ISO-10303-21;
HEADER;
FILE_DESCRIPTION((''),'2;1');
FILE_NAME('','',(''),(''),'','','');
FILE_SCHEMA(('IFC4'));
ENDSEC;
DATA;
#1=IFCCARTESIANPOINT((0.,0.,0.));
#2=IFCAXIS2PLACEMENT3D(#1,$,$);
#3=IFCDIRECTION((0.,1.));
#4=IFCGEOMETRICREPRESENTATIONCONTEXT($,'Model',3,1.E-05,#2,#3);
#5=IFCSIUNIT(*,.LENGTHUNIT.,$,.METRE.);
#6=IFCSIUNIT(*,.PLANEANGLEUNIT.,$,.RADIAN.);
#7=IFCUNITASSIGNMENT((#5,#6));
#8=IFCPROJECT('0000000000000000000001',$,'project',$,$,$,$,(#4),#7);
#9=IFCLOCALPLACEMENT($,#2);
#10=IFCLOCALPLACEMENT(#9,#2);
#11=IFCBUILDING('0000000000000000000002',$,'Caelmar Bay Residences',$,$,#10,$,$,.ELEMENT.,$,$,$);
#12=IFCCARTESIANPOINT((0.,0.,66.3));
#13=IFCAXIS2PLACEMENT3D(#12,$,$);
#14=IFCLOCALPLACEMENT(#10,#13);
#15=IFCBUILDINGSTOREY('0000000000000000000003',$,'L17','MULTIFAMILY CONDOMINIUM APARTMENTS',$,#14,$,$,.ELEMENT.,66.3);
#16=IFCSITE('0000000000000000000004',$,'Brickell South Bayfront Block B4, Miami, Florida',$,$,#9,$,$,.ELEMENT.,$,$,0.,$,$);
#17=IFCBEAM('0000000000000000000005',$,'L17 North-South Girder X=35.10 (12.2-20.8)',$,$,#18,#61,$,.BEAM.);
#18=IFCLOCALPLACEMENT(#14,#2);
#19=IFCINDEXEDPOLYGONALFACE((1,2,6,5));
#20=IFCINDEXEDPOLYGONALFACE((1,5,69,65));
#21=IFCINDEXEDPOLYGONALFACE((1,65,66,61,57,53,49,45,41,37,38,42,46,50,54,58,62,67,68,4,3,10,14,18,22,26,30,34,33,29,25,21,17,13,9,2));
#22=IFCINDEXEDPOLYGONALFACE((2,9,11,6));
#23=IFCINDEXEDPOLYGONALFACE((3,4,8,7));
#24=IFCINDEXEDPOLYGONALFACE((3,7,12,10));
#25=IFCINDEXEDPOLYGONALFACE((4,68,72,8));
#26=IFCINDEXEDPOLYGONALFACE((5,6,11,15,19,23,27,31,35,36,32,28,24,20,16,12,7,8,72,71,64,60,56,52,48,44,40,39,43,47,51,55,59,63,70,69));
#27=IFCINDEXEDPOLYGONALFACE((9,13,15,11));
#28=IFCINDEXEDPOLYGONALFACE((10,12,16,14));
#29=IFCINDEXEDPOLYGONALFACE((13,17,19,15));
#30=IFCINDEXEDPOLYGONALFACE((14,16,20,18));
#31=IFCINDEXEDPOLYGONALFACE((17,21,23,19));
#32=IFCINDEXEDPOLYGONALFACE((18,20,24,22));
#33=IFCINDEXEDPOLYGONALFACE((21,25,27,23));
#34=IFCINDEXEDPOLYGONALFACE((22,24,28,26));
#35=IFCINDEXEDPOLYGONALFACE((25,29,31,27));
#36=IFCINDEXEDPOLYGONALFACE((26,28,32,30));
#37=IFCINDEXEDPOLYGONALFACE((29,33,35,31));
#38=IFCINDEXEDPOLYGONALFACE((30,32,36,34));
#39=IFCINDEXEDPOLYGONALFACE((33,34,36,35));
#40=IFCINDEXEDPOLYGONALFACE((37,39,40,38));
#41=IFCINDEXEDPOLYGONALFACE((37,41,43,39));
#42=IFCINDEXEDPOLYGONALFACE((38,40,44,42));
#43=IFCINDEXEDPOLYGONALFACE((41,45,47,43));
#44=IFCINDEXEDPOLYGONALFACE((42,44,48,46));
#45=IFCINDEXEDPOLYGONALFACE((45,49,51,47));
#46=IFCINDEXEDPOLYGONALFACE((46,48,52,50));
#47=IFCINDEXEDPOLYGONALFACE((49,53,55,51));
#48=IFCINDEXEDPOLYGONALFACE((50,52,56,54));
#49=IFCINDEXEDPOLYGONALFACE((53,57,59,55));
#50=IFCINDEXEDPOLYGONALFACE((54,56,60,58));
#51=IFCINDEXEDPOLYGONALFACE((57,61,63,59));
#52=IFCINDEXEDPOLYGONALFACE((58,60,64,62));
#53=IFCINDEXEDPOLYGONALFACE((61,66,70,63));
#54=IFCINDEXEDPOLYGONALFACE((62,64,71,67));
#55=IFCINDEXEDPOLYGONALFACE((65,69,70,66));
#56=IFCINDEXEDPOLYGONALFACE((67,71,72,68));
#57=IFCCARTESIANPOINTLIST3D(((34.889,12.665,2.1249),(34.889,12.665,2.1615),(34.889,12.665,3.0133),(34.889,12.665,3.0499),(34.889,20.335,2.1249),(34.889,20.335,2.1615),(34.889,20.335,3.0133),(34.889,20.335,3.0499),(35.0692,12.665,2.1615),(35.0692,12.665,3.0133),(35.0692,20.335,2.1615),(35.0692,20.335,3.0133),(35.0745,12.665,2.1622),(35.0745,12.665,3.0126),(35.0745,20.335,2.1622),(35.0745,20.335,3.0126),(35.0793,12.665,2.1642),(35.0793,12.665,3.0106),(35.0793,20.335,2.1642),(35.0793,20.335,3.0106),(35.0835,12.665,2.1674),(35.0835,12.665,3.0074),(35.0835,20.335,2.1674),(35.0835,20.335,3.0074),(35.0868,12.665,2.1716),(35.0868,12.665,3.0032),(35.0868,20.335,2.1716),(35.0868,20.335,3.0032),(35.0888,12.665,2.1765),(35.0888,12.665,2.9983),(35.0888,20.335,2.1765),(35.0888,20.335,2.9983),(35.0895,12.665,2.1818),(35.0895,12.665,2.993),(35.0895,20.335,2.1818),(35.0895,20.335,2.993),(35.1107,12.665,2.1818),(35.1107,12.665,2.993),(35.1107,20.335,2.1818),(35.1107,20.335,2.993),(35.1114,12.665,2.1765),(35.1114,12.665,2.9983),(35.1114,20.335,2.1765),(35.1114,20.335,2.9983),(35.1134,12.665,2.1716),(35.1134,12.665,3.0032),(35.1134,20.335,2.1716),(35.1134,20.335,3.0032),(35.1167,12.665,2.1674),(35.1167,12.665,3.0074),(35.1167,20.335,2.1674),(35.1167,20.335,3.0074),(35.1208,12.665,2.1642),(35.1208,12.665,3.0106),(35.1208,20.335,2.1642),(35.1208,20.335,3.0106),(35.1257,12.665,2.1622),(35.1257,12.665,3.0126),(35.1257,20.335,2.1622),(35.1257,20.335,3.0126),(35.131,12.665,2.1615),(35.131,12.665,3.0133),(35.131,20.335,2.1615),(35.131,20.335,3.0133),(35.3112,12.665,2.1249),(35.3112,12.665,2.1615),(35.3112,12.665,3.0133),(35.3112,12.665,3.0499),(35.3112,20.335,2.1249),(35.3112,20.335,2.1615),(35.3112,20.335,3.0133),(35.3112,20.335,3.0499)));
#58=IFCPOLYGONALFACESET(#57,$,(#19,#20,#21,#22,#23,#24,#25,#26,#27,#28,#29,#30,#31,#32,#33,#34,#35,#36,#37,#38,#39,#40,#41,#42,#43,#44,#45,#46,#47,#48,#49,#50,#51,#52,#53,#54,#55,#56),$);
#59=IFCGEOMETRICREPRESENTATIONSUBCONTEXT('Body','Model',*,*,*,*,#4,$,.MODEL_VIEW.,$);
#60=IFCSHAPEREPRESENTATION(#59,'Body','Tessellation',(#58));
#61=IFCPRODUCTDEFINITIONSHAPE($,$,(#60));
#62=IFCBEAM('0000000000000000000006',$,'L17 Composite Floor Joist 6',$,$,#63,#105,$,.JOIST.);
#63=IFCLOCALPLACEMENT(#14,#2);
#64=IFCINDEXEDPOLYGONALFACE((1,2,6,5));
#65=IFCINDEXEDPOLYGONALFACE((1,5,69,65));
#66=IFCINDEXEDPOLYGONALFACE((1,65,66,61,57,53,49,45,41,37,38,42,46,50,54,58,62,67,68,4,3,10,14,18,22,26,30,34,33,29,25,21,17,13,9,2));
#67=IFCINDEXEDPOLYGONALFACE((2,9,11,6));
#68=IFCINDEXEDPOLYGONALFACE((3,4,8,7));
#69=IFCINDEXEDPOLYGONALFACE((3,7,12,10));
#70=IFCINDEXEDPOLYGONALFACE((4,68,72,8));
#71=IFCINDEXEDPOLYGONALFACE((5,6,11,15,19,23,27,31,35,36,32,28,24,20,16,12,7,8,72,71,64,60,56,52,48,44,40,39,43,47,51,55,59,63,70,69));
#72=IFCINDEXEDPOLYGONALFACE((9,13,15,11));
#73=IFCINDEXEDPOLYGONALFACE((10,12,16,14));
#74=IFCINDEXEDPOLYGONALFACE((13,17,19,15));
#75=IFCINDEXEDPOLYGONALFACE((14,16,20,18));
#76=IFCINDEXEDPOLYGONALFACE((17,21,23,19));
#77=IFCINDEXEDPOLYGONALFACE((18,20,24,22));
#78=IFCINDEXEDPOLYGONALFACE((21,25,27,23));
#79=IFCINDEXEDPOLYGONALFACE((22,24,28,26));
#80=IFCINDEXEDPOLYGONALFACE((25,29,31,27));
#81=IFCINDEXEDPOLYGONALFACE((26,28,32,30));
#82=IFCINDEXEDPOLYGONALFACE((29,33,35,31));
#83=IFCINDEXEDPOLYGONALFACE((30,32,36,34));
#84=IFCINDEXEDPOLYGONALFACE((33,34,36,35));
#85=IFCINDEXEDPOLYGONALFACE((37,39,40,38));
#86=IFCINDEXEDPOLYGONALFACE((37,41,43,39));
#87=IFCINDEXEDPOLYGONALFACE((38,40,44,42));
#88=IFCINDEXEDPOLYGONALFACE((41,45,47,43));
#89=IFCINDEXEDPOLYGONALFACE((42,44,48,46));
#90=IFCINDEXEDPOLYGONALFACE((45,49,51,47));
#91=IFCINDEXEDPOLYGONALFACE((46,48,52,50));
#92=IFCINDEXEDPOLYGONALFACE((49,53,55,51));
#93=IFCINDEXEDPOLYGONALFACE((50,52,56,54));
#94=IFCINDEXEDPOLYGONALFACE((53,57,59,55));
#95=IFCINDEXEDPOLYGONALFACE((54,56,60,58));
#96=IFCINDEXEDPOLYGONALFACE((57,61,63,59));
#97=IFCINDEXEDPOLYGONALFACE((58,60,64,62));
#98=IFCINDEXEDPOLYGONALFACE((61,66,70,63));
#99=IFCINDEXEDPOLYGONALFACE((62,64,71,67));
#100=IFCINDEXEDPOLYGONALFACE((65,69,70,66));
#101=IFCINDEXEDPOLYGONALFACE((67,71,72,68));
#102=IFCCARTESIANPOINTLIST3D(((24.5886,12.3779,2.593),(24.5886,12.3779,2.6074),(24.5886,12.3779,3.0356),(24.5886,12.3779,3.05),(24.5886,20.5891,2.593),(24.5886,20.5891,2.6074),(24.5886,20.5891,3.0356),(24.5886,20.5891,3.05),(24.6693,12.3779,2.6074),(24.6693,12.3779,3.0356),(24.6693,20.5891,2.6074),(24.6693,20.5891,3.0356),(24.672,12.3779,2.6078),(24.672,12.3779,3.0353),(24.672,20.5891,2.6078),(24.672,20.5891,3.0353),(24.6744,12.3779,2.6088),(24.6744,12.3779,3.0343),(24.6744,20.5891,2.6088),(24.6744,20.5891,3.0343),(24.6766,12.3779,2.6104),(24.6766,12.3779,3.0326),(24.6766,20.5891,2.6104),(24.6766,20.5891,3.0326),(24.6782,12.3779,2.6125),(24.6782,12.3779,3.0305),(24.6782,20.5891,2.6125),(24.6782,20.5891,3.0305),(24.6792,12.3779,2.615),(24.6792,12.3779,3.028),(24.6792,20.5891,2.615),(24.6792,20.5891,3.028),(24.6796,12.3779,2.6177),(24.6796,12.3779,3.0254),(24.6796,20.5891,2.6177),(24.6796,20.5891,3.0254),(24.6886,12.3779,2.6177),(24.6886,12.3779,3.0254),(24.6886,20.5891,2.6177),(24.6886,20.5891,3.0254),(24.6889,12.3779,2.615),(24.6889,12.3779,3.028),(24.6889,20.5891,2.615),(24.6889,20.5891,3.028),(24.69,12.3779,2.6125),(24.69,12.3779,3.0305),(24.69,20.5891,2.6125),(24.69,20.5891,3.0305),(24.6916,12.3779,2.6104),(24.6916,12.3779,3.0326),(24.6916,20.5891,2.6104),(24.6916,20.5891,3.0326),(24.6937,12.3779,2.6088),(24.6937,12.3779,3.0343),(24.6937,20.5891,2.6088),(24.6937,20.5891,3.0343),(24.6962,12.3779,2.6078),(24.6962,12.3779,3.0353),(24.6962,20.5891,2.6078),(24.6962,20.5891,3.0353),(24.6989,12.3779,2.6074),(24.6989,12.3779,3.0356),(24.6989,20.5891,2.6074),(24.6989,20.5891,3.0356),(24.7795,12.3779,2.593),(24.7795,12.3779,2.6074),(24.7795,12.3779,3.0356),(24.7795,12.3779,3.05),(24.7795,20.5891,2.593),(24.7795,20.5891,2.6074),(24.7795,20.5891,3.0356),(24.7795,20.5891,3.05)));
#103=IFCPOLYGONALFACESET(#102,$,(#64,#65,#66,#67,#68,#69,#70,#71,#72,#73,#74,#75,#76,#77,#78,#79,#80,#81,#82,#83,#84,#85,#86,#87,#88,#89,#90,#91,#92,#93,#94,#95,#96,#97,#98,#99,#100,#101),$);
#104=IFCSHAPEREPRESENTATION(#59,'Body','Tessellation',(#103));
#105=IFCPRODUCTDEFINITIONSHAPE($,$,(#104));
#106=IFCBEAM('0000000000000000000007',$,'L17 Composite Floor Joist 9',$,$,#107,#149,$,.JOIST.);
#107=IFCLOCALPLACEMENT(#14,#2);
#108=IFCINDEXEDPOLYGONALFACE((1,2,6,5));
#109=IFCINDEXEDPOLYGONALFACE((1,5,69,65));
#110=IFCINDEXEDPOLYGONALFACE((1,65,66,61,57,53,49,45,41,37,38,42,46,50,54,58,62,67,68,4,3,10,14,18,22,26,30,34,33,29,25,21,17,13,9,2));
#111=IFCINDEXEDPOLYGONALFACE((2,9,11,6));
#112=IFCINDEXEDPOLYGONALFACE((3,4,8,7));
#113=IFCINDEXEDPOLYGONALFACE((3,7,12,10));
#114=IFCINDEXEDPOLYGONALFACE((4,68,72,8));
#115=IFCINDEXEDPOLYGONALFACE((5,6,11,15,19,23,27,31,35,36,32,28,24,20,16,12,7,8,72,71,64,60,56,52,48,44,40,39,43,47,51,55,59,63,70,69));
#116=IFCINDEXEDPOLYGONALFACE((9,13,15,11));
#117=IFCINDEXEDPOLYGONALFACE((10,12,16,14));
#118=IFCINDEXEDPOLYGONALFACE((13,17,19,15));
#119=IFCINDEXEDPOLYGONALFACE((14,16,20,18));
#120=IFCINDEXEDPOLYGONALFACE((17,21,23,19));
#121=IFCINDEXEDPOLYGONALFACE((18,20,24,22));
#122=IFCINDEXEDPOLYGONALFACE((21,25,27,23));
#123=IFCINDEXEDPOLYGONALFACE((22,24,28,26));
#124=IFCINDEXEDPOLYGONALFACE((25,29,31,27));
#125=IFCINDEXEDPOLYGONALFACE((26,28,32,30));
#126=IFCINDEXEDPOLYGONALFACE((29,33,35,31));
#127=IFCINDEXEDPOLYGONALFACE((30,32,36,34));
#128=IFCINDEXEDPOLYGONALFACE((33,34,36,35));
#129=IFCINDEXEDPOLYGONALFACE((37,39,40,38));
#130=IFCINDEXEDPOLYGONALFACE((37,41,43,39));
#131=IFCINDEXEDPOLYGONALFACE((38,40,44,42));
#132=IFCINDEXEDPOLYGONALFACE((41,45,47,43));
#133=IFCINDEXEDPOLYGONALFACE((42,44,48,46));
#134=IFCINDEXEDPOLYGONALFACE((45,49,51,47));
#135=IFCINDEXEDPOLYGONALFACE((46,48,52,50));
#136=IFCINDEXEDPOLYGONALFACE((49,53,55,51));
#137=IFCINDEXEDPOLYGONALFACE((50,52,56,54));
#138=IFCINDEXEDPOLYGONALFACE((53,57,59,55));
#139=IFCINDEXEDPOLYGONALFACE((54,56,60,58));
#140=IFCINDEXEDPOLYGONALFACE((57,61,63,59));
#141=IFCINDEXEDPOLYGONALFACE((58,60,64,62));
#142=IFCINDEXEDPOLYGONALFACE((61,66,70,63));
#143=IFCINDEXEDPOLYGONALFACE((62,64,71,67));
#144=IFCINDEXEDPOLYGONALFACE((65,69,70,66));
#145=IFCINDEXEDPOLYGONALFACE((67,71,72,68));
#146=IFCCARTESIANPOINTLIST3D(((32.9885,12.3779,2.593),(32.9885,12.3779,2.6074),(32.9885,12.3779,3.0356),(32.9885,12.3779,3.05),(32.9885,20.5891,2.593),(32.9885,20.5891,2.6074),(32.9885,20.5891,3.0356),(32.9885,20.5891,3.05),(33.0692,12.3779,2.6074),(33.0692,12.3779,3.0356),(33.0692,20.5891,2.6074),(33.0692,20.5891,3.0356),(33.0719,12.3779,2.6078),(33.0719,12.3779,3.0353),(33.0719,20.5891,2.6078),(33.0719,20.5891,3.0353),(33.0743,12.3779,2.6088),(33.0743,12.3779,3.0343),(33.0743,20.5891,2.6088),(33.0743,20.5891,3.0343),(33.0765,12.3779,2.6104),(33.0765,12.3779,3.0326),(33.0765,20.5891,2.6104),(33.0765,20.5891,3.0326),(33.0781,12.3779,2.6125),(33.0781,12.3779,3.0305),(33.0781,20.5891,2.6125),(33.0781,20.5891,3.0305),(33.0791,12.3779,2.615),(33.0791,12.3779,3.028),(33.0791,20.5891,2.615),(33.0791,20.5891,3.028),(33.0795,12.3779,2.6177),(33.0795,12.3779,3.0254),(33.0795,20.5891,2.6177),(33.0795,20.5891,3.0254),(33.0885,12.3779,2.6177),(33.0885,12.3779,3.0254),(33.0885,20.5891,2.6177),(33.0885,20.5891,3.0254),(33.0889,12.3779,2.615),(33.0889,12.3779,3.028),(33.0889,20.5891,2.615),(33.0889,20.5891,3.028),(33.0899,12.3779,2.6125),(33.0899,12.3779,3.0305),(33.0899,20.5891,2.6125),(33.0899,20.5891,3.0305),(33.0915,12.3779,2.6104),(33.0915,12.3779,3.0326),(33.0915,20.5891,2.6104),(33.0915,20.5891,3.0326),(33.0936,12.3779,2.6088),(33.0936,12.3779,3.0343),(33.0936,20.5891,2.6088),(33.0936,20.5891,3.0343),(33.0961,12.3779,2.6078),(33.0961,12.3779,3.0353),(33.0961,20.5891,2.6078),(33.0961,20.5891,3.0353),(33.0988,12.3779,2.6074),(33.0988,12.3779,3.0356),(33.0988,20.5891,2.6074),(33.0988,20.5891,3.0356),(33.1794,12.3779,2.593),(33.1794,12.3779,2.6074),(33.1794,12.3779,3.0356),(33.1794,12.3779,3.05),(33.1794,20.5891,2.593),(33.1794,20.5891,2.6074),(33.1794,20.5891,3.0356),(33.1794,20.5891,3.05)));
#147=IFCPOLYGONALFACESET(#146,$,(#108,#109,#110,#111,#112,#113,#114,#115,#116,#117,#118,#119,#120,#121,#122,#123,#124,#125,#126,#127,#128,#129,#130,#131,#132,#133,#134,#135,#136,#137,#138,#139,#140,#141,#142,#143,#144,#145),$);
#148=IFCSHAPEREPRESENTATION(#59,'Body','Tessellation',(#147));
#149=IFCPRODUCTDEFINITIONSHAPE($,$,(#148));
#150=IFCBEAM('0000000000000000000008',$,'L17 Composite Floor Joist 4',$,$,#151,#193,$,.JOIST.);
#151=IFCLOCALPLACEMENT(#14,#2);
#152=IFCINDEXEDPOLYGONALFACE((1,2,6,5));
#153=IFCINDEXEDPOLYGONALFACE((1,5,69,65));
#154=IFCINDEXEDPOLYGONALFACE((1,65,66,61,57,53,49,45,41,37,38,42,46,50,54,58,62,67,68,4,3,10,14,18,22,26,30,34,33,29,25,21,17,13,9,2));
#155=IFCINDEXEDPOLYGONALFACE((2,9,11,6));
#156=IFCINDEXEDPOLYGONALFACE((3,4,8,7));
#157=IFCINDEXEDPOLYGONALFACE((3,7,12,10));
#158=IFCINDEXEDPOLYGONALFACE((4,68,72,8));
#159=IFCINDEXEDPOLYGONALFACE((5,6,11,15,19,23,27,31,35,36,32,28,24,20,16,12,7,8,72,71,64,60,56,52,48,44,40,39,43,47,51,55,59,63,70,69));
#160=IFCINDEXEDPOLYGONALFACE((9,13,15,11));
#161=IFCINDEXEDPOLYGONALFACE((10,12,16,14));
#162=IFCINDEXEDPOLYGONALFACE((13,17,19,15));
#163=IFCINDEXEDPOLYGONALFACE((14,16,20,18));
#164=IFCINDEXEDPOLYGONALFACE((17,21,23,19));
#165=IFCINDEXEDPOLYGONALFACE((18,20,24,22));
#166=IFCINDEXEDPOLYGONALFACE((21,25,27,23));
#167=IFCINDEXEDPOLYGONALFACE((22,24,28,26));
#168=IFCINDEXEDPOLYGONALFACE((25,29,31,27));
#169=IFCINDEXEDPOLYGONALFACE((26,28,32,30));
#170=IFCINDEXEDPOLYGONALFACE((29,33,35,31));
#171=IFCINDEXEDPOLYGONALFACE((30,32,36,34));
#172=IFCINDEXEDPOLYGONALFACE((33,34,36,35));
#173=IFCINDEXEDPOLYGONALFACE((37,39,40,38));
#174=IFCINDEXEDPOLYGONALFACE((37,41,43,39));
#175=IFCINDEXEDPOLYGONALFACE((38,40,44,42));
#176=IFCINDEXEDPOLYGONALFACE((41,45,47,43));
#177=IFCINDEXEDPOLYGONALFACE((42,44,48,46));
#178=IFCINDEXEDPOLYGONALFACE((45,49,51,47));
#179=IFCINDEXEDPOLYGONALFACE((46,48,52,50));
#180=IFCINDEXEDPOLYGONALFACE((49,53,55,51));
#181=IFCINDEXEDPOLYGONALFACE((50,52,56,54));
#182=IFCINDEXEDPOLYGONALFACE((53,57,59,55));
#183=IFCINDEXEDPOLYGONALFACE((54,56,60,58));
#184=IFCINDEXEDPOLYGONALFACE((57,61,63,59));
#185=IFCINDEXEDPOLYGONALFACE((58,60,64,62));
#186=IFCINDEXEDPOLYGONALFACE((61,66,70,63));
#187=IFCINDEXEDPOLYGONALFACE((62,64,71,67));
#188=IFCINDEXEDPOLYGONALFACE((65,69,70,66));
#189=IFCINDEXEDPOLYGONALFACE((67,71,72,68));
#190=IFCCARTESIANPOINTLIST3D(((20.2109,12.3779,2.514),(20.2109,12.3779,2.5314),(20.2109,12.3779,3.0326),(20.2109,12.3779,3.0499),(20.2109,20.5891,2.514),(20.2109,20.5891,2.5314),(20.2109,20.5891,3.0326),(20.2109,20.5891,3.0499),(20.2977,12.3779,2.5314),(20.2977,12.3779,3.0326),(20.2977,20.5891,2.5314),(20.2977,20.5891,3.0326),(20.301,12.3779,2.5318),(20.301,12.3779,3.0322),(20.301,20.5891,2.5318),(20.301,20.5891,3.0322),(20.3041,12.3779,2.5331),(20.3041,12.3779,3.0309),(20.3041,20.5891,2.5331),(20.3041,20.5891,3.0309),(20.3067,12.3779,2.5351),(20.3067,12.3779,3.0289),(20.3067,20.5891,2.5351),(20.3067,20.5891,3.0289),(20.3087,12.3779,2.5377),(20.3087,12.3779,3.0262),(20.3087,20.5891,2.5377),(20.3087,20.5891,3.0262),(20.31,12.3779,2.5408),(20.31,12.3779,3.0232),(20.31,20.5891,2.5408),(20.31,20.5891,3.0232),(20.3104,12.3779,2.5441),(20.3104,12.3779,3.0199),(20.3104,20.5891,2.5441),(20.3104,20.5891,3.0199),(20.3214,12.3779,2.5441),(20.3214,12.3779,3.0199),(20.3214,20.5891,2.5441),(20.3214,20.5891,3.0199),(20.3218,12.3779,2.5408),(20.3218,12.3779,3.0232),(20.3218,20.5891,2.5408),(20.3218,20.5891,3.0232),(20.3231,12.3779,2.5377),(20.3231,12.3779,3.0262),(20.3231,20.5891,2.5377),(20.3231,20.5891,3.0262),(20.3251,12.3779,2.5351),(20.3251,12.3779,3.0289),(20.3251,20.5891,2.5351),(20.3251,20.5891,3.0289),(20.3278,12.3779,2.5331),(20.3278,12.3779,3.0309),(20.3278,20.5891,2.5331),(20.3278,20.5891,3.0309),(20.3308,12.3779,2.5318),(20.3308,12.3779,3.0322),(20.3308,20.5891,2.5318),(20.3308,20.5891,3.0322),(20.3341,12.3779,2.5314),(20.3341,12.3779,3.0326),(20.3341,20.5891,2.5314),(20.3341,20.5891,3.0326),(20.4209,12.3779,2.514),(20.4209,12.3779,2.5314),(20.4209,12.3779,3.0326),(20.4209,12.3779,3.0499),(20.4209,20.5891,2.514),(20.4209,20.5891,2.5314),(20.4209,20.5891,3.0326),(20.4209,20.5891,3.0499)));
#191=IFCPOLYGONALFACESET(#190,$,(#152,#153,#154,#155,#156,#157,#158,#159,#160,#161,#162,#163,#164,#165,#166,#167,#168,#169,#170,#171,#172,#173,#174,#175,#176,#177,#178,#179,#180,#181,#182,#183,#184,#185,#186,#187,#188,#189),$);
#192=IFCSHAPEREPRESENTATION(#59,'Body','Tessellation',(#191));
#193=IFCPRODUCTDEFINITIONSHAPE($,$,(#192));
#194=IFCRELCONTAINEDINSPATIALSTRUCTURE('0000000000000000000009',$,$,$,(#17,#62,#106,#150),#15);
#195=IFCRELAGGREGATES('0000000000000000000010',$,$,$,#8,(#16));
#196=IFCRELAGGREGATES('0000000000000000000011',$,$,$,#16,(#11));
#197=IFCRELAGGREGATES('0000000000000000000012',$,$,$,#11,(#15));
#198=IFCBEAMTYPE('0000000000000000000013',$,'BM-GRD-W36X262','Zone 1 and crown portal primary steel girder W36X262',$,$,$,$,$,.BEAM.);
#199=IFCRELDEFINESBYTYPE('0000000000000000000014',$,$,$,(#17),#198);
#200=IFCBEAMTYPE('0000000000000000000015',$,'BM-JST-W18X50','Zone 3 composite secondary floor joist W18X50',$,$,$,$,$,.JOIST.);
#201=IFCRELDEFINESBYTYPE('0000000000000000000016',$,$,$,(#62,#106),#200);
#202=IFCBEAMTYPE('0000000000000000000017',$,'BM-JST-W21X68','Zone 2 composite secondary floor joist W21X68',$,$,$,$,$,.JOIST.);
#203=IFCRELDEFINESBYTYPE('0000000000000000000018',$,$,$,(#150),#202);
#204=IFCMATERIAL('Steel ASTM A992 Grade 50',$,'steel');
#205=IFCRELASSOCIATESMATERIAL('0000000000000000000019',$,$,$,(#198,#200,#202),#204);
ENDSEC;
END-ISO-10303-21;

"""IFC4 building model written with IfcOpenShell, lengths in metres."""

from ifc_helpers import new_model, si_unit, direction, frame, origin, origin_2d, place, context, subcontext, project, spatial, i_section, extrude, material, material_profile, profile_set, type_object, element, save


model = new_model("IFC4")

# Units and contexts
model_context = context("Model", 3, precision=1e-05, world=origin(), true_north=direction((0.0, 1.0)))
body_context = subcontext(model_context, "Body", "Model", "MODEL_VIEW")
ifc_project = project(units=[si_unit("LENGTHUNIT", "METRE"), si_unit("PLANEANGLEUNIT", "RADIAN")], contexts=[model_context])

# Site, building, storey
site_placement = place(None, origin())
site = spatial("IfcSite", under=ifc_project, at=site_placement, Name="Brickell South Bayfront Block B4, Miami, Florida", CompositionType="ELEMENT", RefElevation=0.0)
building_placement = place(site_placement, origin())
building = spatial("IfcBuilding", under=site, at=building_placement, Name="Caelmar Bay Residences", CompositionType="ELEMENT")
storey_placement = place(building_placement, frame((0.0, 0.0, 66.3)))
storey = spatial("IfcBuildingStorey", under=building, at=storey_placement, Name="L17", Description="MULTIFAMILY CONDOMINIUM APARTMENTS", CompositionType="ELEMENT", Elevation=66.3)

# Beams
ifc_material_1 = material(Name="Steel ASTM A992 Grade 50", Category="steel")
ifc_material_profile_1 = material_profile(ifc_material_1, i_section(OverallWidth=0.4221, OverallDepth=0.925, WebThickness=0.0212, FlangeThickness=0.0366, FilletRadius=0.0203, at=origin_2d()), Name="W36X262")
ifc_profile_set_1 = profile_set([ifc_material_profile_1], Name="Steel ASTM A992 Grade 50")
beam_type_1 = type_object("IfcBeamType", Name="BM-GRD-W36X262", Description="Zone 1 and crown portal primary steel girder W36X262", PredefinedType="BEAM", material=ifc_profile_set_1)
for number, where, z_axis, x_axis, name in (
    (1, (35.1001, 12.665, 2.5874), (0.0, 1.0, 0.0), (-1.0, 0.0, 0.0), "L17 North-South Girder X=35.10 (12.2-20.8)"),
):
    element("IfcBeam", number, at=place(storey_placement, frame(where, z_axis=z_axis, x_axis=x_axis)), inside=storey, type_object=beam_type_1, Name=name, PredefinedType="BEAM", context=body_context, shape_type="SweptSolid", body=[
        extrude(i_section(OverallWidth=0.4221, OverallDepth=0.925, WebThickness=0.0212, FlangeThickness=0.0366, FilletRadius=0.0203, at=origin_2d()), origin(), (0.0, 0.0, 1.0), 7.6699),
    ])
ifc_material_profile_2 = material_profile(ifc_material_1, i_section(OverallWidth=0.1909, OverallDepth=0.457, WebThickness=0.009, FlangeThickness=0.0144, FilletRadius=0.0103, at=origin_2d()), Name="W18X50")
ifc_profile_set_2 = profile_set([ifc_material_profile_2], Name="Steel ASTM A992 Grade 50")
beam_type_2 = type_object("IfcBeamType", Name="BM-JST-W18X50", Description="Zone 3 composite secondary floor joist W18X50", PredefinedType="JOIST", material=ifc_profile_set_2)
for number, where, z_axis, x_axis, name in (
    (2, (24.6841, 12.3779, 2.8215), (0.0, 1.0, 0.0), (-1.0, 0.0, 0.0), "L17 Composite Floor Joist 6"),
    (3, (33.084, 12.3779, 2.8215), (0.0, 1.0, 0.0), (-1.0, 0.0, 0.0), "L17 Composite Floor Joist 9"),
):
    element("IfcBeam", number, at=place(storey_placement, frame(where, z_axis=z_axis, x_axis=x_axis)), inside=storey, type_object=beam_type_2, Name=name, PredefinedType="JOIST", context=body_context, shape_type="SweptSolid", body=[
        extrude(i_section(OverallWidth=0.1909, OverallDepth=0.457, WebThickness=0.009, FlangeThickness=0.0144, FilletRadius=0.0103, at=origin_2d()), origin(), (0.0, 0.0, 1.0), 8.2112),
    ])
ifc_material_profile_3 = material_profile(ifc_material_1, i_section(OverallWidth=0.21, OverallDepth=0.5359, WebThickness=0.011, FlangeThickness=0.0173, FilletRadius=0.0127, at=origin_2d()), Name="W21X68")
ifc_profile_set_3 = profile_set([ifc_material_profile_3], Name="Steel ASTM A992 Grade 50")
beam_type_3 = type_object("IfcBeamType", Name="BM-JST-W21X68", Description="Zone 2 composite secondary floor joist W21X68", PredefinedType="JOIST", material=ifc_profile_set_3)
for number, where, z_axis, x_axis, name in (
    (4, (20.3159, 12.3779, 2.782), (0.0, 1.0, 0.0), (-1.0, 0.0, 0.0), "L17 Composite Floor Joist 4"),
):
    element("IfcBeam", number, at=place(storey_placement, frame(where, z_axis=z_axis, x_axis=x_axis)), inside=storey, type_object=beam_type_3, Name=name, PredefinedType="JOIST", context=body_context, shape_type="SweptSolid", body=[
        extrude(i_section(OverallWidth=0.21, OverallDepth=0.5359, WebThickness=0.011, FlangeThickness=0.0173, FilletRadius=0.0127, at=origin_2d()), origin(), (0.0, 0.0, 1.0), 8.2112),
    ])

save(model, "model.ifc")
